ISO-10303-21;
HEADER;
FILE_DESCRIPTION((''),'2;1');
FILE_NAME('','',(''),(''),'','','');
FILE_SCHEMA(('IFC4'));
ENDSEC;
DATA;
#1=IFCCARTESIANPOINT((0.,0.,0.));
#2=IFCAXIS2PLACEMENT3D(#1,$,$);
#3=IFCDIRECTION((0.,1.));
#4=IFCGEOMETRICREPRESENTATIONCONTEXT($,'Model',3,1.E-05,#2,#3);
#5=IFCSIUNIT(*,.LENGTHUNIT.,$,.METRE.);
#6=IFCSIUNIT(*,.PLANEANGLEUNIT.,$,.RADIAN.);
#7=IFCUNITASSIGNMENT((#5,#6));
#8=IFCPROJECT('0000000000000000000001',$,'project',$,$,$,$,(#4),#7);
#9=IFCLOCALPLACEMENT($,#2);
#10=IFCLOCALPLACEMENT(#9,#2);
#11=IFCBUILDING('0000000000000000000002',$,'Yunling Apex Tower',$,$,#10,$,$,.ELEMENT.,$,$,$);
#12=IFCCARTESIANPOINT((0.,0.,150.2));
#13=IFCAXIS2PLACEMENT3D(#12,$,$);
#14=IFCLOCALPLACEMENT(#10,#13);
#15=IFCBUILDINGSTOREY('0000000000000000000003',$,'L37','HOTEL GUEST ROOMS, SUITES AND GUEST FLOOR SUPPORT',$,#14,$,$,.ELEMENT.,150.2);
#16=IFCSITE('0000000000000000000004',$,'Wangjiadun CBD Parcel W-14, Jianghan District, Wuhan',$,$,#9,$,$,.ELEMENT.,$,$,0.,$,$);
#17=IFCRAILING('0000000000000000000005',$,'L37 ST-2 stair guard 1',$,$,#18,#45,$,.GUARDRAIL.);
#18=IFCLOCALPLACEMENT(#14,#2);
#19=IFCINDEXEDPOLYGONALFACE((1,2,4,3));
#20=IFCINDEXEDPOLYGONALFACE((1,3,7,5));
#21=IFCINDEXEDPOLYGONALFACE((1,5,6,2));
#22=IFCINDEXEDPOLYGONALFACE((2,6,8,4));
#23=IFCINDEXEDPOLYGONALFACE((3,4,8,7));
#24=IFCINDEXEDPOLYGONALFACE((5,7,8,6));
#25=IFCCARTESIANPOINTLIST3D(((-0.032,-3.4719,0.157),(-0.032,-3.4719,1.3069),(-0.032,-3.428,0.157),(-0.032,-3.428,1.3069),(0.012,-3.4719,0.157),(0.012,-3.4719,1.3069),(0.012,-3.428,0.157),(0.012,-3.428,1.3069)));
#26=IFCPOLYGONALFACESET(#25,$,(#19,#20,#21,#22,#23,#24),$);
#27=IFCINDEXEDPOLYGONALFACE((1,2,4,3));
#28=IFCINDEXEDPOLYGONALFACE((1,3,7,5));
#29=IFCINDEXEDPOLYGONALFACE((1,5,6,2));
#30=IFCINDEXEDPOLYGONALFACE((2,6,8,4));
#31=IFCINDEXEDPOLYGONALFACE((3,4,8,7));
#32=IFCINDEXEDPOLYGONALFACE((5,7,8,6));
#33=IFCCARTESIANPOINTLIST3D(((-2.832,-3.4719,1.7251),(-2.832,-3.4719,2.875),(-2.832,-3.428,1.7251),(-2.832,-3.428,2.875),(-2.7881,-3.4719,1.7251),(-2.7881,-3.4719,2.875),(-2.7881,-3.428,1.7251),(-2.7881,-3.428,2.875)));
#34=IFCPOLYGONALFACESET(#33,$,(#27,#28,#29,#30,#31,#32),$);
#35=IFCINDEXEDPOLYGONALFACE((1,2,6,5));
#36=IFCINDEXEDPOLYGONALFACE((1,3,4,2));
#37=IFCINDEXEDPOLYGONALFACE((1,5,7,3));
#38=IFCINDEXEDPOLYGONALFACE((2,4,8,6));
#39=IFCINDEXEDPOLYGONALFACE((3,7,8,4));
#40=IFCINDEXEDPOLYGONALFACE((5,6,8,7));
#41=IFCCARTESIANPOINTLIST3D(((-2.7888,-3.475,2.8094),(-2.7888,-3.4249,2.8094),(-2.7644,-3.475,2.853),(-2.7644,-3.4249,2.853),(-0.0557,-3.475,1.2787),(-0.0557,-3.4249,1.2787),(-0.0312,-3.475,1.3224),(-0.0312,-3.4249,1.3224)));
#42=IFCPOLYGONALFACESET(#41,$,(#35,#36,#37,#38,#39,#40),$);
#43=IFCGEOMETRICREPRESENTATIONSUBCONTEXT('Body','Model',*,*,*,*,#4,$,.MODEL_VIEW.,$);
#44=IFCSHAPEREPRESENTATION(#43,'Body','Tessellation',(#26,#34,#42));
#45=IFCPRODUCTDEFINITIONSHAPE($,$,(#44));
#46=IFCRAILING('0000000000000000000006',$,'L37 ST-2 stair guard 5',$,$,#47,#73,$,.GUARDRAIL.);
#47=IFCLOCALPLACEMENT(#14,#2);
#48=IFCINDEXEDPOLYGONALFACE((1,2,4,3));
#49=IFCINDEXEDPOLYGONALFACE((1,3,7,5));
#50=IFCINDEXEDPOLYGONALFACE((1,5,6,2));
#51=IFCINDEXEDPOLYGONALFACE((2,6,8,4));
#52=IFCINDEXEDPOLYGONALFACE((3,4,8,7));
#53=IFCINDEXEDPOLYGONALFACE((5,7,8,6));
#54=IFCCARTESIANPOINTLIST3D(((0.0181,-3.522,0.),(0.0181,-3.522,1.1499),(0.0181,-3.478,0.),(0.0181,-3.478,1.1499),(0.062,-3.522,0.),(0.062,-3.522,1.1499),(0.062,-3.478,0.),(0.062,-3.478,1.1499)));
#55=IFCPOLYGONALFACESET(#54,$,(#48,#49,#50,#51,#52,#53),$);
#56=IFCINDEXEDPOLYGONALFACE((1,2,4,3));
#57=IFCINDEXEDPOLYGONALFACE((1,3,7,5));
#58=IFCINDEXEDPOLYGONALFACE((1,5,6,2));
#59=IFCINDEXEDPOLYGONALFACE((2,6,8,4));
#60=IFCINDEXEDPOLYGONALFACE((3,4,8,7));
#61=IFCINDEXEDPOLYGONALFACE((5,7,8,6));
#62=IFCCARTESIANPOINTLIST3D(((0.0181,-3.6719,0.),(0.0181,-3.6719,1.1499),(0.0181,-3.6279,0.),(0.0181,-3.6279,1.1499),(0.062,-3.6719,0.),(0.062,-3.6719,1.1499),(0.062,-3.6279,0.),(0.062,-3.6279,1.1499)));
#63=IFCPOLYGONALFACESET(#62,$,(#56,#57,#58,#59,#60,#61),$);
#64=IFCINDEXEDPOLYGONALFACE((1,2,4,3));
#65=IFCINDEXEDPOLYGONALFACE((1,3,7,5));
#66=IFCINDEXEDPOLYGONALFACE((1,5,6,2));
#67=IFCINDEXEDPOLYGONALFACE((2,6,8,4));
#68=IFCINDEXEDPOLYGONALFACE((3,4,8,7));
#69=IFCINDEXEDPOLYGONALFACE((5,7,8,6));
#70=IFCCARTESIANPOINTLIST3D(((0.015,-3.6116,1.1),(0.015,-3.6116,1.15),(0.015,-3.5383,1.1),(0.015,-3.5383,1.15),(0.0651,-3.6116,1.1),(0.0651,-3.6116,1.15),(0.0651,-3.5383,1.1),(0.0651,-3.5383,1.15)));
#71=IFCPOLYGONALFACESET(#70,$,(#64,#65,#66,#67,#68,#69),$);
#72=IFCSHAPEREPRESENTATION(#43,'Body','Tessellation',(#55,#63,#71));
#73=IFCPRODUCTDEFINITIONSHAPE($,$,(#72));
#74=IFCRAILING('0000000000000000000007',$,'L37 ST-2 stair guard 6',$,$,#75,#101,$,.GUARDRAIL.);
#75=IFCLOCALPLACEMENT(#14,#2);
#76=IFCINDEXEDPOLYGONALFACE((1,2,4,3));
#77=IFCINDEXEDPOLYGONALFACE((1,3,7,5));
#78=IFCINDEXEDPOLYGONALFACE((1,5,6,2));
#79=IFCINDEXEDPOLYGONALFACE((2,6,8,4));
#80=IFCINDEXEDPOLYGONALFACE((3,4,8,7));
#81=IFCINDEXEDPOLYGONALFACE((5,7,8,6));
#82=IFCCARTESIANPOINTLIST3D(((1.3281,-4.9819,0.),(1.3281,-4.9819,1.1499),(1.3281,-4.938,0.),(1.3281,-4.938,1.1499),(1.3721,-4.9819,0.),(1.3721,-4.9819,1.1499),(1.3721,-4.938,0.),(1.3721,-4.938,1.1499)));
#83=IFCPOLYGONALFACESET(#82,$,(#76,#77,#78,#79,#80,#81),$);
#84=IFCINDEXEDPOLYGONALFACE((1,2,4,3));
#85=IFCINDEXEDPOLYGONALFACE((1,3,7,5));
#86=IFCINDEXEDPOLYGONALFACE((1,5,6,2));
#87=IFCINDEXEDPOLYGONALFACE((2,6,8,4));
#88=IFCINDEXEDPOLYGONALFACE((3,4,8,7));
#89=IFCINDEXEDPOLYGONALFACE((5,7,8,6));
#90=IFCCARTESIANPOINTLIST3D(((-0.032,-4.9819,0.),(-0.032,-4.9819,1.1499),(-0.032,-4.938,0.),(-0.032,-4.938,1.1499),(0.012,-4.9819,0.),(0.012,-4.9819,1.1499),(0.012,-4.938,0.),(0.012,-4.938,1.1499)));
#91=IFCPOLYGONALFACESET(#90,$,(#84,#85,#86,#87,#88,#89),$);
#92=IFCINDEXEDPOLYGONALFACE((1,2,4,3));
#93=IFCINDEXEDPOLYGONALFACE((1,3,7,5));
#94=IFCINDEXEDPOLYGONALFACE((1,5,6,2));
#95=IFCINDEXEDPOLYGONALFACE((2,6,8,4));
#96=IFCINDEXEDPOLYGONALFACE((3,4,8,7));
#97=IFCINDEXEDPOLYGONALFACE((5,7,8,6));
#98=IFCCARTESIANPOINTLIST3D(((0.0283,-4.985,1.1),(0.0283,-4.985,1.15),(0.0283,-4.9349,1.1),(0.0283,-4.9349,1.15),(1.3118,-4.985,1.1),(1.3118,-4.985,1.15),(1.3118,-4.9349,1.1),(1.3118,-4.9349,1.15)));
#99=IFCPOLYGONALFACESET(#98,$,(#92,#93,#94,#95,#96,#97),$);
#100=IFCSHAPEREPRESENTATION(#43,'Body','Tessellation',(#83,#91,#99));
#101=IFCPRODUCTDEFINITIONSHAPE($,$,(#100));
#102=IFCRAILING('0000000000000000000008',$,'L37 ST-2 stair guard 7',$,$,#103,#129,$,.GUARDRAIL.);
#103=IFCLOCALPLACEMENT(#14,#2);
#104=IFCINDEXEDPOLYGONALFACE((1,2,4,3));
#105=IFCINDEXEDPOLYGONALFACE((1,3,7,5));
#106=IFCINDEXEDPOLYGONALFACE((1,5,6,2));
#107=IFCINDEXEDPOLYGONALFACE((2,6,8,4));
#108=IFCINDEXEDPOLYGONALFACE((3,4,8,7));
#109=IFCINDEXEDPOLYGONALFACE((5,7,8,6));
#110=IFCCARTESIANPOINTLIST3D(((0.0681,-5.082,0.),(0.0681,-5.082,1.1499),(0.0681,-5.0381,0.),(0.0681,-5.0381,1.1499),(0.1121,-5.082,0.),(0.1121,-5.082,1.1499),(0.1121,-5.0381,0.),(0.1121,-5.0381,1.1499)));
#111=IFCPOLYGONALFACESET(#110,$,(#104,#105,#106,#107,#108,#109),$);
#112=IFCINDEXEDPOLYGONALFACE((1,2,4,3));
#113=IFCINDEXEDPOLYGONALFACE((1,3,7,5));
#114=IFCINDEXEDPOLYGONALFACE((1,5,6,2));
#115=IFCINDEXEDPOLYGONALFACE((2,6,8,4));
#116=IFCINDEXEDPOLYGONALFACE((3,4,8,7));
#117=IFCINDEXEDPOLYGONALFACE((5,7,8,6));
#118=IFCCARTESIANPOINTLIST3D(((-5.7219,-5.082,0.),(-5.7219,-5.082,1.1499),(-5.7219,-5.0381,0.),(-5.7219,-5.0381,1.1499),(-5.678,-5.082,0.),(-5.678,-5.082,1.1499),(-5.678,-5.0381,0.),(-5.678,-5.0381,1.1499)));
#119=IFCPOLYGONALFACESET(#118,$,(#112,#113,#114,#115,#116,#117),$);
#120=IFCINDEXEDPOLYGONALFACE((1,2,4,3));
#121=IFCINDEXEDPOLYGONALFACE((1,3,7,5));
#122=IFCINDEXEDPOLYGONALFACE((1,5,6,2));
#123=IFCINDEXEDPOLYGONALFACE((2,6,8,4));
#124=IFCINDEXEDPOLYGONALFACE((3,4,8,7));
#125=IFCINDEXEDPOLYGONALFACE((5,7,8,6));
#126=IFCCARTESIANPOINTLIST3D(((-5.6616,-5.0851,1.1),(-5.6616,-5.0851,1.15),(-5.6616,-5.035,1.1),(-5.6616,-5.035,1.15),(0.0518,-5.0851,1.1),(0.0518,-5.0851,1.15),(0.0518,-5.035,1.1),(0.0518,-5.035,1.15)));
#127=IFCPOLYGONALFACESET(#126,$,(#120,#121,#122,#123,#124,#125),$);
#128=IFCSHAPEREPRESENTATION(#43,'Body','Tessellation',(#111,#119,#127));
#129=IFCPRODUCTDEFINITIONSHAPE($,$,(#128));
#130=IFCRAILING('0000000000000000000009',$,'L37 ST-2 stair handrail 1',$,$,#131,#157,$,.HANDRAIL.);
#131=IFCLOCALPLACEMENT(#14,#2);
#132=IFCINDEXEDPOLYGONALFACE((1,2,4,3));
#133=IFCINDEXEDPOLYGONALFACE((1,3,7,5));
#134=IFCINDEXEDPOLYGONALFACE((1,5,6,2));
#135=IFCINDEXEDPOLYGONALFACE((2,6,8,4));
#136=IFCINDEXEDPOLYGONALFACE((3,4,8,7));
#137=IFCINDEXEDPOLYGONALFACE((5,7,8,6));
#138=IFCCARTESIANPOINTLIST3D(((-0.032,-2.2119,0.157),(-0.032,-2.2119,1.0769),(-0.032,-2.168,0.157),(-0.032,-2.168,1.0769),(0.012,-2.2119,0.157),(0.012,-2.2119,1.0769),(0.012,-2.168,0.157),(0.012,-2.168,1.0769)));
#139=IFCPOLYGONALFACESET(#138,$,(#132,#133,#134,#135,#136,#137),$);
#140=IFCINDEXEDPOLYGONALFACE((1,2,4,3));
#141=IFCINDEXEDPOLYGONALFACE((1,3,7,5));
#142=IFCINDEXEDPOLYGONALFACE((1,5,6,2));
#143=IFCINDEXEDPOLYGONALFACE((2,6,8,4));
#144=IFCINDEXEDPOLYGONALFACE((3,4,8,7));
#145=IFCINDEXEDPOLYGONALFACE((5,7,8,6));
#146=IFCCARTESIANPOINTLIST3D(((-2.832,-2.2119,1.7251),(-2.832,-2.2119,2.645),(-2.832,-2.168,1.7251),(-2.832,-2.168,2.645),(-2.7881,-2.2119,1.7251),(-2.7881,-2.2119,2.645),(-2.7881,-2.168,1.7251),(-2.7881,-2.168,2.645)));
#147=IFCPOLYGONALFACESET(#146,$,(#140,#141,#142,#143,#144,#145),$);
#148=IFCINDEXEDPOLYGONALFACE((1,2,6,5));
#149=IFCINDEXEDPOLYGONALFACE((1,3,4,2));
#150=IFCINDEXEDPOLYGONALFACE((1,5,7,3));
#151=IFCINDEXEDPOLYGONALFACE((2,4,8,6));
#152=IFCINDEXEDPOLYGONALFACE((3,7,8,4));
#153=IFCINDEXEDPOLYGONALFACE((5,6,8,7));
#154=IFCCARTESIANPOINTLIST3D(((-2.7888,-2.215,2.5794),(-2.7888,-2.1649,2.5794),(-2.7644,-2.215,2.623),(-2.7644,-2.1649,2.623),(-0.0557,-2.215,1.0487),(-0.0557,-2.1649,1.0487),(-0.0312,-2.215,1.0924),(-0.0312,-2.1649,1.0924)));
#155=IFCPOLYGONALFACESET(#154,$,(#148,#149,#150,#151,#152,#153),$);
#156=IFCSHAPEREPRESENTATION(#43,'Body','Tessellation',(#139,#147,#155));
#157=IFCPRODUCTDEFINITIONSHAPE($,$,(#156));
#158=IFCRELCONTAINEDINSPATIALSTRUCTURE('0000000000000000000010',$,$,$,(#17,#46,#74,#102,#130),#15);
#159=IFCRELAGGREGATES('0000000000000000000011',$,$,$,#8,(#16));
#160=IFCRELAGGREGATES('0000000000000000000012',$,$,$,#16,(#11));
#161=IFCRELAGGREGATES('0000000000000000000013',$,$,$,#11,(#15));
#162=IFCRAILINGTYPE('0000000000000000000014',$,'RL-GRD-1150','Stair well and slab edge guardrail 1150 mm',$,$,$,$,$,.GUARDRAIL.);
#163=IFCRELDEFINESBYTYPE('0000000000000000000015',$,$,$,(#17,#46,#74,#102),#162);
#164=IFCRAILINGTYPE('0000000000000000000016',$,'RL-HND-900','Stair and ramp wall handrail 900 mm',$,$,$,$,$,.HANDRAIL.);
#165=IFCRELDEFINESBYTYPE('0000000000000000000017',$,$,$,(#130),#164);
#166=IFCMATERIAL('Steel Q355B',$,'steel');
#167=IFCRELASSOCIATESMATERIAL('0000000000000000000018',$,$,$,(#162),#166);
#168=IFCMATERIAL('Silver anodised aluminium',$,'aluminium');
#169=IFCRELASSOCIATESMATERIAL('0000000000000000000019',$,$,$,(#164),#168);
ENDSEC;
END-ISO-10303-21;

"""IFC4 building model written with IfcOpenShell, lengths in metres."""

from ifc_helpers import new_model, si_unit, direction, frame, origin, origin_2d, place, context, subcontext, project, spatial, rectangle, extrude, material, type_object, element, save


model = new_model("IFC4")

# Units and contexts
model_context = context("Model", 3, precision=1e-05, world=origin(), true_north=direction((0.0, 1.0)))
body_context = subcontext(model_context, "Body", "Model", "MODEL_VIEW")
ifc_project = project(units=[si_unit("LENGTHUNIT", "METRE"), si_unit("PLANEANGLEUNIT", "RADIAN")], contexts=[model_context])

# Site, building, storey
site_placement = place(None, origin())
site = spatial("IfcSite", under=ifc_project, at=site_placement, Name="Wangjiadun CBD Parcel W-14, Jianghan District, Wuhan", CompositionType="ELEMENT", RefElevation=0.0)
building_placement = place(site_placement, origin())
building = spatial("IfcBuilding", under=site, at=building_placement, Name="Yunling Apex Tower", CompositionType="ELEMENT")
storey_placement = place(building_placement, frame((0.0, 0.0, 150.2)))
storey = spatial("IfcBuildingStorey", under=building, at=storey_placement, Name="L37", Description="HOTEL GUEST ROOMS, SUITES AND GUEST FLOOR SUPPORT", CompositionType="ELEMENT", Elevation=150.2)

# Shared definitions
ifc_material_1 = material(Name="Steel Q355B", Category="steel")

# Railings
railing_type_1 = type_object("IfcRailingType", Name="RL-GRD-1150", Description="Stair well and slab edge guardrail 1150 mm", PredefinedType="GUARDRAIL", material=ifc_material_1)
railing_1_placement = place(storey_placement, frame((-0.01, -3.45, 0.157)))
element("IfcRailing", 1, at=railing_1_placement, inside=storey, type_object=railing_type_1, Name="L37 ST-2 stair guard 1", PredefinedType="GUARDRAIL", context=body_context, shape_type="SweptSolid", body=[
    extrude(rectangle(XDim=0.0439, YDim=0.0439, at=origin_2d()), origin(), (0.0, 0.0, 1.0), 1.1499),
    extrude(rectangle(XDim=0.0439, YDim=0.0439, at=origin_2d()), frame((-2.8, 0.0, 1.5681)), (0.0, 0.0, 1.0), 1.1499),
    extrude(rectangle(XDim=0.05, YDim=0.05, at=origin_2d()), frame((-0.0334, 0.0, 1.1436), z_axis=(-0.872494, 0.0, 0.488624), x_axis=(0.0, -1.0, 0.0)), (0.0, 0.0, 1.0), 3.1326),
])
railing_2_placement = place(storey_placement, frame((0.04, -3.5, 0.0)))
element("IfcRailing", 2, at=railing_2_placement, inside=storey, type_object=railing_type_1, Name="L37 ST-2 stair guard 5", PredefinedType="GUARDRAIL", context=body_context, shape_type="SweptSolid", body=[
    extrude(rectangle(XDim=0.0439, YDim=0.0439, at=origin_2d()), origin(), (0.0, 0.0, 1.0), 1.1499),
    extrude(rectangle(XDim=0.0439, YDim=0.0439, at=origin_2d()), frame((0.0, -0.1499, 0.0)), (0.0, 0.0, 1.0), 1.1499),
    extrude(rectangle(XDim=0.05, YDim=0.05, at=origin_2d()), frame((0.0, -0.0383, 1.125), z_axis=(0.0, -1.0, 0.0), x_axis=(1.0, 0.0, 0.0)), (0.0, 0.0, 1.0), 0.0732),
])
railing_3_placement = place(storey_placement, frame((1.3501, -4.96, 0.0)))
element("IfcRailing", 3, at=railing_3_placement, inside=storey, type_object=railing_type_1, Name="L37 ST-2 stair guard 6", PredefinedType="GUARDRAIL", context=body_context, shape_type="SweptSolid", body=[
    extrude(rectangle(XDim=0.0439, YDim=0.0439, at=origin_2d()), origin(), (0.0, 0.0, 1.0), 1.1499),
    extrude(rectangle(XDim=0.0439, YDim=0.0439, at=origin_2d()), frame((-1.3601, 0.0, 0.0)), (0.0, 0.0, 1.0), 1.1499),
    extrude(rectangle(XDim=0.05, YDim=0.05, at=origin_2d()), frame((-0.0383, 0.0, 1.125), z_axis=(-1.0, 0.0, 0.0), x_axis=(0.0, -1.0, 0.0)), (0.0, 0.0, 1.0), 1.2834),
])
railing_4_placement = place(storey_placement, frame((0.0901, -5.0601, 0.0)))
element("IfcRailing", 4, at=railing_4_placement, inside=storey, type_object=railing_type_1, Name="L37 ST-2 stair guard 7", PredefinedType="GUARDRAIL", context=body_context, shape_type="SweptSolid", body=[
    extrude(rectangle(XDim=0.0439, YDim=0.0439, at=origin_2d()), origin(), (0.0, 0.0, 1.0), 1.1499),
    extrude(rectangle(XDim=0.0439, YDim=0.0439, at=origin_2d()), frame((-5.79, 0.0, 0.0)), (0.0, 0.0, 1.0), 1.1499),
    extrude(rectangle(XDim=0.05, YDim=0.05, at=origin_2d()), frame((-0.0383, 0.0, 1.125), z_axis=(-1.0, 0.0, 0.0), x_axis=(0.0, -1.0, 0.0)), (0.0, 0.0, 1.0), 5.7134),
])
ifc_material_2 = material(Name="Silver anodised aluminium", Category="aluminium")
railing_type_2 = type_object("IfcRailingType", Name="RL-HND-900", Description="Stair and ramp wall handrail 900 mm", PredefinedType="HANDRAIL", material=ifc_material_2)
railing_5_placement = place(storey_placement, frame((-0.01, -2.1899, 0.157)))
element("IfcRailing", 5, at=railing_5_placement, inside=storey, type_object=railing_type_2, Name="L37 ST-2 stair handrail 1", PredefinedType="HANDRAIL", context=body_context, shape_type="SweptSolid", body=[
    extrude(rectangle(XDim=0.0439, YDim=0.0439, at=origin_2d()), origin(), (0.0, 0.0, 1.0), 0.9199),
    extrude(rectangle(XDim=0.0439, YDim=0.0439, at=origin_2d()), frame((-2.8, 0.0, 1.5681)), (0.0, 0.0, 1.0), 0.9199),
    extrude(rectangle(XDim=0.05, YDim=0.05, at=origin_2d()), frame((-0.0334, 0.0, 0.9136), z_axis=(-0.872494, 0.0, 0.488624), x_axis=(0.0, -1.0, 0.0)), (0.0, 0.0, 1.0), 3.1326),
])

save(model, "model.ifc")
